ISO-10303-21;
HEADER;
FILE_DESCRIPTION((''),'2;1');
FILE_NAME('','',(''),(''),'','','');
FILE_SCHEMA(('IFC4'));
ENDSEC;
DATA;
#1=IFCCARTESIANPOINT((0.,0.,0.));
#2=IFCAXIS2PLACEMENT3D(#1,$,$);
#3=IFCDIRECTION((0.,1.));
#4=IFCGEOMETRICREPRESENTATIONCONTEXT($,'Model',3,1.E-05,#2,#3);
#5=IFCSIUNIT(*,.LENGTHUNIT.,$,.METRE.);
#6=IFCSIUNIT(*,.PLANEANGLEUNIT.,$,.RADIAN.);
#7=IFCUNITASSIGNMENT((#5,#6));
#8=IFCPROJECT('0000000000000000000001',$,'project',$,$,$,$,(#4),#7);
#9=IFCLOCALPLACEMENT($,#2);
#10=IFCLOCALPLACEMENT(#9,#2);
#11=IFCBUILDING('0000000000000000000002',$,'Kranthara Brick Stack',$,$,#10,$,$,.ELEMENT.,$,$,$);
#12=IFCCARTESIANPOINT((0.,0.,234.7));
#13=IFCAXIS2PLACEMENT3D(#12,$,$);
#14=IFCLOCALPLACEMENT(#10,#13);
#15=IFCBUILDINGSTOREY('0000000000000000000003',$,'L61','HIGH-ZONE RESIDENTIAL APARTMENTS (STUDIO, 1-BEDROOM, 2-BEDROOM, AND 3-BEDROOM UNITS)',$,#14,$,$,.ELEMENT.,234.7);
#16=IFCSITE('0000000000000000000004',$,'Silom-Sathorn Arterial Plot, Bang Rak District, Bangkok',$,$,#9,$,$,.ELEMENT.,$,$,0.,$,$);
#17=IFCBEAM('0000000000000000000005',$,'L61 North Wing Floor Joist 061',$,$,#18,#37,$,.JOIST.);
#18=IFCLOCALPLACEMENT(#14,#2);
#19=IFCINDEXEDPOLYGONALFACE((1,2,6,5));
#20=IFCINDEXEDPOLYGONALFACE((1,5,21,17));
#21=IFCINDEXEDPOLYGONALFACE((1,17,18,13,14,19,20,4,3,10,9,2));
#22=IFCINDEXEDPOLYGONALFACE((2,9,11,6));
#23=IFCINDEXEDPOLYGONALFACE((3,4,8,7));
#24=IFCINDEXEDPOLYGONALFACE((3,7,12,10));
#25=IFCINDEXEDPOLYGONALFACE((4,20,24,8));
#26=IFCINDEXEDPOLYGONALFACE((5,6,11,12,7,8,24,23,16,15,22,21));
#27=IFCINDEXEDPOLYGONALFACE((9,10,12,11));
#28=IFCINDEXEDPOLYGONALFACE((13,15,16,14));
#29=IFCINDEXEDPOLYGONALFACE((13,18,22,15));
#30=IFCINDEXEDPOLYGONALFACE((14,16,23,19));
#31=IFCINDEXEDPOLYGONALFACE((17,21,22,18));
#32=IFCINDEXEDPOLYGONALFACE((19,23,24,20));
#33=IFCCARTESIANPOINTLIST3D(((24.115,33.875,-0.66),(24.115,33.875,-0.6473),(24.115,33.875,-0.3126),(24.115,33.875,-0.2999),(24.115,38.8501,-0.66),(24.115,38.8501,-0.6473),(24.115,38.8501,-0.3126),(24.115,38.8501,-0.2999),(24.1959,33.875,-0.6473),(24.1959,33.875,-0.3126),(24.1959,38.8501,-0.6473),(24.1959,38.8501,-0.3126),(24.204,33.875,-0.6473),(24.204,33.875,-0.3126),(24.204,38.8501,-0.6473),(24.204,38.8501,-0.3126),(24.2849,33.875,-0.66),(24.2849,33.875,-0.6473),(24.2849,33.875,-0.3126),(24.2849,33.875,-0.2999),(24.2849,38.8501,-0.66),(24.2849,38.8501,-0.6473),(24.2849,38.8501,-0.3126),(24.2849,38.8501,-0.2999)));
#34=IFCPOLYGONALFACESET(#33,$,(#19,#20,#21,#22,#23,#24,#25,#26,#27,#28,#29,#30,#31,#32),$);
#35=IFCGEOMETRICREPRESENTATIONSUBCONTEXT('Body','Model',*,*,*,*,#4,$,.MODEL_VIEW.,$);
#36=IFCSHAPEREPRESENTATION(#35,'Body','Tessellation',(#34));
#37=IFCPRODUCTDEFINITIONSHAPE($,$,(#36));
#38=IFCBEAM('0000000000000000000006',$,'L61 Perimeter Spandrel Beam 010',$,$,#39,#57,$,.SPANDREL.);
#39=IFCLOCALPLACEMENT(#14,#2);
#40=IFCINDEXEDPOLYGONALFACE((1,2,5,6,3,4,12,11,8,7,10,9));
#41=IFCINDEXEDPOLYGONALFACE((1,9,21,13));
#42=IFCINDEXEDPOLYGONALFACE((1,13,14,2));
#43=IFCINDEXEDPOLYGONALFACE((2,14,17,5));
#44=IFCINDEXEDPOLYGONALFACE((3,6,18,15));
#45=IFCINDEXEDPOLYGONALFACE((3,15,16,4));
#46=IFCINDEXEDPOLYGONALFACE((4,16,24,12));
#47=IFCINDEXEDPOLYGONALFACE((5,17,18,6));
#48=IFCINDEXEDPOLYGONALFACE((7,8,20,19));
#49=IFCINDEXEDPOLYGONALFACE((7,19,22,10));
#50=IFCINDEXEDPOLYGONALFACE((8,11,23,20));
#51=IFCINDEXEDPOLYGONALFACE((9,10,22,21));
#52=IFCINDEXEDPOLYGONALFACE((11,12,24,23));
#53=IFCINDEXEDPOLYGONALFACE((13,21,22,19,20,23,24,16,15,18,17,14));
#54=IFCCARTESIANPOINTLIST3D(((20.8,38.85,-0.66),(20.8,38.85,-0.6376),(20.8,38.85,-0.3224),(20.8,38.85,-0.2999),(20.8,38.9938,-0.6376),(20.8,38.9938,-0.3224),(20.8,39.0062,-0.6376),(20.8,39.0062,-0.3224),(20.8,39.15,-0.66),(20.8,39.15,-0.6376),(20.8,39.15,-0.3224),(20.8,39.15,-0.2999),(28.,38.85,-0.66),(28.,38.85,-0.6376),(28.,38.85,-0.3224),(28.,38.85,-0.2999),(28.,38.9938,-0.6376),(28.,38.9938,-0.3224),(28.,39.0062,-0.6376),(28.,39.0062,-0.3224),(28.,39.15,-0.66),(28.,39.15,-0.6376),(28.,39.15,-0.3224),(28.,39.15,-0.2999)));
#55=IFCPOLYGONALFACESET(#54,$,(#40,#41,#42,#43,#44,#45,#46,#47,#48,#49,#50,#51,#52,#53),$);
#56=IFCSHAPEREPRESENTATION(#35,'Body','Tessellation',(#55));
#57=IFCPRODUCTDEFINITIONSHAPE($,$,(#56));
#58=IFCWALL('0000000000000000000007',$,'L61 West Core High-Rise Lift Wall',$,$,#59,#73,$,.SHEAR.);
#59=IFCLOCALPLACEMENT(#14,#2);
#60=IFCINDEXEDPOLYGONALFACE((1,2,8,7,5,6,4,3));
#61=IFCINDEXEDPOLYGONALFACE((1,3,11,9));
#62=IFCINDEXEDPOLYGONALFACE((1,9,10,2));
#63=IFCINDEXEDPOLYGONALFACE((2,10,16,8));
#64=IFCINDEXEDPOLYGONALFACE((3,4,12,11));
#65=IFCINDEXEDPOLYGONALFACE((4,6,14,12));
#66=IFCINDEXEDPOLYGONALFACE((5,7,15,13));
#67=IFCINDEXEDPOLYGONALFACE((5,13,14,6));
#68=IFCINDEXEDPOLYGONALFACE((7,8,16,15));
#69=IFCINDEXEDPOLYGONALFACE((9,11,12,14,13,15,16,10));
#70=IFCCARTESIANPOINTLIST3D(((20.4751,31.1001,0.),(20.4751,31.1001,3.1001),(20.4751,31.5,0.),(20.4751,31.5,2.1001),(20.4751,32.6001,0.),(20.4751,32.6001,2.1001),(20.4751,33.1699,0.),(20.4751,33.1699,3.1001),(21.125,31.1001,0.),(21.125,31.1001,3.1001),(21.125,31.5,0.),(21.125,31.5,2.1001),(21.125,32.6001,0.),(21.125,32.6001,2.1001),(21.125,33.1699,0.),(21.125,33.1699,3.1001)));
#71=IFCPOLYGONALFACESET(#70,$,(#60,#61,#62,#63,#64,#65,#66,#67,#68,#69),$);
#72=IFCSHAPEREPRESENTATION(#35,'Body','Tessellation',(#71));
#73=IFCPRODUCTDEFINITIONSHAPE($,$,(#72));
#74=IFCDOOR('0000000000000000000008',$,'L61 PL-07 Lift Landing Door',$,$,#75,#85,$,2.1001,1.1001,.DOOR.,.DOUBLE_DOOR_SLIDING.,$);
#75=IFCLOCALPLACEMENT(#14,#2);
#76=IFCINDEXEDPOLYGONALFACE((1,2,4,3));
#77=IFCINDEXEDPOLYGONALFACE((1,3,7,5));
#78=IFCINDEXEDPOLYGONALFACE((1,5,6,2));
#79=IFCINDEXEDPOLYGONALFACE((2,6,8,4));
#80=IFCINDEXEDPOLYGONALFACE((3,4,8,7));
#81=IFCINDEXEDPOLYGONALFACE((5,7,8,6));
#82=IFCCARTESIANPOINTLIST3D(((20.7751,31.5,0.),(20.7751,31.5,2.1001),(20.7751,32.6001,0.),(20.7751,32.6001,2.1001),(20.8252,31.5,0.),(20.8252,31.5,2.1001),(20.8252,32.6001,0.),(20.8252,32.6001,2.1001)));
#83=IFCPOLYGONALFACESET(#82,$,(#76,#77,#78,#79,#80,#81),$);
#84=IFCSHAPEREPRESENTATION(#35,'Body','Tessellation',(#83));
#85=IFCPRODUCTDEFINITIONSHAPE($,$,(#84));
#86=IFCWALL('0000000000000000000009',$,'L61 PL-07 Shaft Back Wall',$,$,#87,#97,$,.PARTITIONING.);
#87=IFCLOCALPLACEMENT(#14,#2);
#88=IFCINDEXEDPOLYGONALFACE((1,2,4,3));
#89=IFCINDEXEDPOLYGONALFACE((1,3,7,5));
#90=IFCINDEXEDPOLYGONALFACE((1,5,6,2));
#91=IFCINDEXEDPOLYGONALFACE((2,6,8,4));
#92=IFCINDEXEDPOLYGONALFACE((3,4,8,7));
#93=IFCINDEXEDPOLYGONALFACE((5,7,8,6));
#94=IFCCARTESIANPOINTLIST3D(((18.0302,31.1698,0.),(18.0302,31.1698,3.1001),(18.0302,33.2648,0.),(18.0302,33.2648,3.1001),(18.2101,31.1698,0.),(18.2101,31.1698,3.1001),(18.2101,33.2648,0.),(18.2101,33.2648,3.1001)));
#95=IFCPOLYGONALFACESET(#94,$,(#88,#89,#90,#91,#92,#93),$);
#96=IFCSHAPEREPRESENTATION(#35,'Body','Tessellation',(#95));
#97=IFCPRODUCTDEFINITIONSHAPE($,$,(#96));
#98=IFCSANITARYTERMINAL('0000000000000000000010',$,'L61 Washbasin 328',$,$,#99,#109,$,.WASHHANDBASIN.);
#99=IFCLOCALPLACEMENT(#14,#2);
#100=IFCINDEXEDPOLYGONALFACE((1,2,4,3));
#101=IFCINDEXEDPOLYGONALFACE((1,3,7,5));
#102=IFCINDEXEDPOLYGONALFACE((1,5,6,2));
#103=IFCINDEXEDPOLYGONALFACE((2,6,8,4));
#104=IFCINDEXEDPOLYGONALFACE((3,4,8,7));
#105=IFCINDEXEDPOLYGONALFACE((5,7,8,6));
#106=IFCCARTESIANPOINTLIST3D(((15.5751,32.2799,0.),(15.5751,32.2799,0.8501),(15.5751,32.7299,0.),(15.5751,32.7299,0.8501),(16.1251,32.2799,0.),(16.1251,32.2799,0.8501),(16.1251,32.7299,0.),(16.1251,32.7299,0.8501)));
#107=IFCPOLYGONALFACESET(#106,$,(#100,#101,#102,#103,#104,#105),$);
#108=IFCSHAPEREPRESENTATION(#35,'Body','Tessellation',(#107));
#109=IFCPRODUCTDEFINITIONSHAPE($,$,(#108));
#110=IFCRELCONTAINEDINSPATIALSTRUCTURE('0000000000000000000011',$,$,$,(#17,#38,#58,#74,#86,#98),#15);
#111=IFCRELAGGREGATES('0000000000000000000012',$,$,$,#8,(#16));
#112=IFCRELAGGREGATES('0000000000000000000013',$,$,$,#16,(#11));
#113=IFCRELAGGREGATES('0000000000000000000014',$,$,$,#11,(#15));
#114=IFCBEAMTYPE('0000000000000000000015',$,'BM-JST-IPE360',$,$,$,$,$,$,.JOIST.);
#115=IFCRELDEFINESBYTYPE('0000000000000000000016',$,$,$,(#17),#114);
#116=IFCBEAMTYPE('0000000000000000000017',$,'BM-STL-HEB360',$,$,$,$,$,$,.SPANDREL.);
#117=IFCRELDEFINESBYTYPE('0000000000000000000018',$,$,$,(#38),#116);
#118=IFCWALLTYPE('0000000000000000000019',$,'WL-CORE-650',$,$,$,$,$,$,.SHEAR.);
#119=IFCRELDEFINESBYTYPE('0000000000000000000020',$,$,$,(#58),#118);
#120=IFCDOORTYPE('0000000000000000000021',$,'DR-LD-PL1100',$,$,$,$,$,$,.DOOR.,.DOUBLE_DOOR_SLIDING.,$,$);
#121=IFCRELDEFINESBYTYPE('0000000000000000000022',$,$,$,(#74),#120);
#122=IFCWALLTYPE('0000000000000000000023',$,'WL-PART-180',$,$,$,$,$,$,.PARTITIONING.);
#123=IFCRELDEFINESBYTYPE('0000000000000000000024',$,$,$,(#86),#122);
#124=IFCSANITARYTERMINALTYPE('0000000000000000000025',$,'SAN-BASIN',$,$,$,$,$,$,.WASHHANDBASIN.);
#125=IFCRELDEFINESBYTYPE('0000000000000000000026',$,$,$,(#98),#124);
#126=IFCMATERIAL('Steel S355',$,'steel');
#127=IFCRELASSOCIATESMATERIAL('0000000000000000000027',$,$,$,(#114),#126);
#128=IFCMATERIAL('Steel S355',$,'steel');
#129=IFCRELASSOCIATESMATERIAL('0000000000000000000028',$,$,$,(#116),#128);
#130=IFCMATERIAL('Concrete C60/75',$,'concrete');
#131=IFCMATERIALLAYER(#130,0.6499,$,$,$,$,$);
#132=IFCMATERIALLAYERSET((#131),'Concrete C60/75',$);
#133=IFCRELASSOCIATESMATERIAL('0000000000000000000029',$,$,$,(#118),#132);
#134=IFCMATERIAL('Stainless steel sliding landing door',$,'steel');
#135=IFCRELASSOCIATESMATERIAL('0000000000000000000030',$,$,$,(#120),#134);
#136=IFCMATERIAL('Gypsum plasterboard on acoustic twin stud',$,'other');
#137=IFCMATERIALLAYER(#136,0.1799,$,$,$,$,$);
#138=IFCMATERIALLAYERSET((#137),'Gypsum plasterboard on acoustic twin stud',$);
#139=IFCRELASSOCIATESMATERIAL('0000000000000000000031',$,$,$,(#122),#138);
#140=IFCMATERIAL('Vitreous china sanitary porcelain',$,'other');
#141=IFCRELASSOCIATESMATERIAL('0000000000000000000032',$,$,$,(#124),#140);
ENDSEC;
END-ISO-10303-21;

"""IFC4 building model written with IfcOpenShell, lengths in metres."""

from ifc_helpers import new_model, si_unit, direction, frame, frame_2d, origin, origin_2d, place, context, subcontext, project, spatial, rectangle, i_section, extrude, material, layer, layer_set, material_profile, profile_set, type_object, element, fill, save


model = new_model("IFC4")

# Units and contexts
model_context = context("Model", 3, precision=1e-05, world=origin(), true_north=direction((0.0, 1.0)))
body_context = subcontext(model_context, "Body", "Model", "MODEL_VIEW")
ifc_project = project(units=[si_unit("LENGTHUNIT", "METRE"), si_unit("PLANEANGLEUNIT", "RADIAN")], contexts=[model_context])

# Site, building, storey
site_placement = place(None, origin())
site = spatial("IfcSite", under=ifc_project, at=site_placement, Name="Silom-Sathorn Arterial Plot, Bang Rak District, Bangkok", CompositionType="ELEMENT", RefElevation=0.0)
building_placement = place(site_placement, origin())
building = spatial("IfcBuilding", under=site, at=building_placement, Name="Kranthara Brick Stack", CompositionType="ELEMENT")
storey_placement = place(building_placement, frame((0.0, 0.0, 234.7)))
storey = spatial("IfcBuildingStorey", under=building, at=storey_placement, Name="L61", Description="HIGH-ZONE RESIDENTIAL APARTMENTS (STUDIO, 1-BEDROOM, 2-BEDROOM, AND 3-BEDROOM UNITS)", CompositionType="ELEMENT", Elevation=234.7)

# Beams
ifc_material_1 = material(Name="Steel S355", Category="steel")
ifc_material_profile_1 = material_profile(ifc_material_1, i_section(OverallWidth=0.1699, OverallDepth=0.3601, WebThickness=0.0081, FlangeThickness=0.0127, at=origin_2d()), Name="IPE 360")
ifc_profile_set_1 = profile_set([ifc_material_profile_1], Name="Steel S355")
beam_type_1 = type_object("IfcBeamType", Name="BM-JST-IPE360", PredefinedType="JOIST", material=ifc_profile_set_1)
for number, where, z_axis, x_axis, name in (
    (1, (24.2, 33.875, -0.48), (0.0, 1.0, 0.0), (-1.0, 0.0, 0.0), "L61 North Wing Floor Joist 061"),
):
    element("IfcBeam", number, at=place(storey_placement, frame(where, z_axis=z_axis, x_axis=x_axis)), inside=storey, type_object=beam_type_1, Name=name, PredefinedType="JOIST", context=body_context, shape_type="SweptSolid", body=[
        extrude(i_section(OverallWidth=0.1699, OverallDepth=0.3601, WebThickness=0.0081, FlangeThickness=0.0127, at=origin_2d()), origin(), (0.0, 0.0, 1.0), 4.9751),
    ])
ifc_material_2 = material(Name="Steel S355", Category="steel")
ifc_material_profile_2 = material_profile(ifc_material_2, i_section(OverallWidth=0.3, OverallDepth=0.3601, WebThickness=0.0125, FlangeThickness=0.0225, at=origin_2d()), Name="HEB 360")
ifc_profile_set_2 = profile_set([ifc_material_profile_2], Name="Steel S355")
beam_type_2 = type_object("IfcBeamType", Name="BM-STL-HEB360", PredefinedType="SPANDREL", material=ifc_profile_set_2)
beam_1_placement = place(storey_placement, frame((20.8, 39.0, -0.48), z_axis=(1.0, 0.0, 0.0), x_axis=(0.0, 1.0, 0.0)))
element("IfcBeam", 2, at=beam_1_placement, inside=storey, type_object=beam_type_2, Name="L61 Perimeter Spandrel Beam 010", PredefinedType="SPANDREL", context=body_context, shape_type="SweptSolid", body=[
    extrude(i_section(OverallWidth=0.3, OverallDepth=0.3601, WebThickness=0.0125, FlangeThickness=0.0225, at=origin_2d()), origin(), (0.0, 0.0, 1.0), 7.2),
])

# Wall, opening, door
ifc_material_3 = material(Name="Concrete C60/75", Category="concrete")
ifc_layer_1 = layer(ifc_material_3, 0.6499)
ifc_layer_set_1 = layer_set([ifc_layer_1], Name="Concrete C60/75")
wall_type_1 = type_object("IfcWallType", Name="WL-CORE-650", PredefinedType="SHEAR", material=ifc_layer_set_1)
wall_1_placement = place(storey_placement, frame((20.8, 31.1001, 0.0), z_axis=(0.0, 0.0, 1.0), x_axis=(0.0, 1.0, 0.0)))
wall_1 = element("IfcWall", 3, at=wall_1_placement, inside=storey, type_object=wall_type_1, Name="L61 West Core High-Rise Lift Wall", PredefinedType="SHEAR", context=body_context, shape_type="SweptSolid", body=[
    extrude(rectangle(XDim=2.0698, YDim=0.6499, at=frame_2d((1.0349, 0.0))), origin(), (0.0, 0.0, 1.0), 3.1001),
])
opening_placement = place(wall_1_placement, frame((0.3999, 0.0, 0.0)))
opening = element("IfcOpeningElement", 4, at=opening_placement, cuts=wall_1, PredefinedType="OPENING", context=body_context, shape_type="SweptSolid", body=[
    extrude(rectangle(XDim=1.1001, YDim=2.1001, at=frame_2d((0.55, 1.05))), frame((0.0, 0.335, 0.0), z_axis=(0.0, -1.0, 0.0), x_axis=(1.0, 0.0, 0.0)), (0.0, 0.0, 1.0), 0.6699),
])
ifc_material_4 = material(Name="Stainless steel sliding landing door", Category="steel")
door_type = type_object("IfcDoorType", Name="DR-LD-PL1100", OperationType="DOUBLE_DOOR_SLIDING", PredefinedType="DOOR", material=ifc_material_4)
door_placement = place(opening_placement, origin())
door = element("IfcDoor", 5, at=door_placement, inside=storey, type_object=door_type, Name="L61 PL-07 Lift Landing Door", OperationType="DOUBLE_DOOR_SLIDING", OverallHeight=2.1001, OverallWidth=1.1001, PredefinedType="DOOR", context=body_context, shape_type="SweptSolid", body=[
    extrude(rectangle(XDim=1.1001, YDim=2.1001, at=frame_2d((0.55, 1.05))), frame((0.0, 0.0249, 0.0), z_axis=(0.0, -1.0, 0.0), x_axis=(1.0, 0.0, 0.0)), (0.0, 0.0, 1.0), 0.05),
])
fill(opening, door)

# Wall
ifc_material_5 = material(Name="Gypsum plasterboard on acoustic twin stud", Category="other")
ifc_layer_2 = layer(ifc_material_5, 0.1799)
ifc_layer_set_2 = layer_set([ifc_layer_2], Name="Gypsum plasterboard on acoustic twin stud")
wall_type_2 = type_object("IfcWallType", Name="WL-PART-180", PredefinedType="PARTITIONING", material=ifc_layer_set_2)
wall_2_placement = place(storey_placement, frame((18.1201, 31.1699, 0.0), z_axis=(0.0, 0.0, 1.0), x_axis=(0.0, 1.0, 0.0)))
element("IfcWall", 6, at=wall_2_placement, inside=storey, type_object=wall_type_2, Name="L61 PL-07 Shaft Back Wall", PredefinedType="PARTITIONING", context=body_context, shape_type="SweptSolid", body=[
    extrude(rectangle(XDim=2.095, YDim=0.1799, at=frame_2d((1.0474, 0.0))), origin(), (0.0, 0.0, 1.0), 3.1001),
])

# Sanitary terminal
ifc_material_6 = material(Name="Vitreous china sanitary porcelain", Category="other")
sanitary_terminal_type = type_object("IfcSanitaryTerminalType", Name="SAN-BASIN", PredefinedType="WASHHANDBASIN", material=ifc_material_6)
sanitary_terminal_placement = place(storey_placement, frame((15.8501, 32.5049, 0.0), z_axis=(0.0, 0.0, 1.0), x_axis=(1.0, 0.0, 0.0)))
element("IfcSanitaryTerminal", 7, at=sanitary_terminal_placement, inside=storey, type_object=sanitary_terminal_type, Name="L61 Washbasin 328", PredefinedType="WASHHANDBASIN", context=body_context, shape_type="SweptSolid", body=[
    extrude(rectangle(XDim=0.55, YDim=0.45, at=origin_2d()), origin(), (0.0, 0.0, 1.0), 0.8501),
])

save(model, "model.ifc")
